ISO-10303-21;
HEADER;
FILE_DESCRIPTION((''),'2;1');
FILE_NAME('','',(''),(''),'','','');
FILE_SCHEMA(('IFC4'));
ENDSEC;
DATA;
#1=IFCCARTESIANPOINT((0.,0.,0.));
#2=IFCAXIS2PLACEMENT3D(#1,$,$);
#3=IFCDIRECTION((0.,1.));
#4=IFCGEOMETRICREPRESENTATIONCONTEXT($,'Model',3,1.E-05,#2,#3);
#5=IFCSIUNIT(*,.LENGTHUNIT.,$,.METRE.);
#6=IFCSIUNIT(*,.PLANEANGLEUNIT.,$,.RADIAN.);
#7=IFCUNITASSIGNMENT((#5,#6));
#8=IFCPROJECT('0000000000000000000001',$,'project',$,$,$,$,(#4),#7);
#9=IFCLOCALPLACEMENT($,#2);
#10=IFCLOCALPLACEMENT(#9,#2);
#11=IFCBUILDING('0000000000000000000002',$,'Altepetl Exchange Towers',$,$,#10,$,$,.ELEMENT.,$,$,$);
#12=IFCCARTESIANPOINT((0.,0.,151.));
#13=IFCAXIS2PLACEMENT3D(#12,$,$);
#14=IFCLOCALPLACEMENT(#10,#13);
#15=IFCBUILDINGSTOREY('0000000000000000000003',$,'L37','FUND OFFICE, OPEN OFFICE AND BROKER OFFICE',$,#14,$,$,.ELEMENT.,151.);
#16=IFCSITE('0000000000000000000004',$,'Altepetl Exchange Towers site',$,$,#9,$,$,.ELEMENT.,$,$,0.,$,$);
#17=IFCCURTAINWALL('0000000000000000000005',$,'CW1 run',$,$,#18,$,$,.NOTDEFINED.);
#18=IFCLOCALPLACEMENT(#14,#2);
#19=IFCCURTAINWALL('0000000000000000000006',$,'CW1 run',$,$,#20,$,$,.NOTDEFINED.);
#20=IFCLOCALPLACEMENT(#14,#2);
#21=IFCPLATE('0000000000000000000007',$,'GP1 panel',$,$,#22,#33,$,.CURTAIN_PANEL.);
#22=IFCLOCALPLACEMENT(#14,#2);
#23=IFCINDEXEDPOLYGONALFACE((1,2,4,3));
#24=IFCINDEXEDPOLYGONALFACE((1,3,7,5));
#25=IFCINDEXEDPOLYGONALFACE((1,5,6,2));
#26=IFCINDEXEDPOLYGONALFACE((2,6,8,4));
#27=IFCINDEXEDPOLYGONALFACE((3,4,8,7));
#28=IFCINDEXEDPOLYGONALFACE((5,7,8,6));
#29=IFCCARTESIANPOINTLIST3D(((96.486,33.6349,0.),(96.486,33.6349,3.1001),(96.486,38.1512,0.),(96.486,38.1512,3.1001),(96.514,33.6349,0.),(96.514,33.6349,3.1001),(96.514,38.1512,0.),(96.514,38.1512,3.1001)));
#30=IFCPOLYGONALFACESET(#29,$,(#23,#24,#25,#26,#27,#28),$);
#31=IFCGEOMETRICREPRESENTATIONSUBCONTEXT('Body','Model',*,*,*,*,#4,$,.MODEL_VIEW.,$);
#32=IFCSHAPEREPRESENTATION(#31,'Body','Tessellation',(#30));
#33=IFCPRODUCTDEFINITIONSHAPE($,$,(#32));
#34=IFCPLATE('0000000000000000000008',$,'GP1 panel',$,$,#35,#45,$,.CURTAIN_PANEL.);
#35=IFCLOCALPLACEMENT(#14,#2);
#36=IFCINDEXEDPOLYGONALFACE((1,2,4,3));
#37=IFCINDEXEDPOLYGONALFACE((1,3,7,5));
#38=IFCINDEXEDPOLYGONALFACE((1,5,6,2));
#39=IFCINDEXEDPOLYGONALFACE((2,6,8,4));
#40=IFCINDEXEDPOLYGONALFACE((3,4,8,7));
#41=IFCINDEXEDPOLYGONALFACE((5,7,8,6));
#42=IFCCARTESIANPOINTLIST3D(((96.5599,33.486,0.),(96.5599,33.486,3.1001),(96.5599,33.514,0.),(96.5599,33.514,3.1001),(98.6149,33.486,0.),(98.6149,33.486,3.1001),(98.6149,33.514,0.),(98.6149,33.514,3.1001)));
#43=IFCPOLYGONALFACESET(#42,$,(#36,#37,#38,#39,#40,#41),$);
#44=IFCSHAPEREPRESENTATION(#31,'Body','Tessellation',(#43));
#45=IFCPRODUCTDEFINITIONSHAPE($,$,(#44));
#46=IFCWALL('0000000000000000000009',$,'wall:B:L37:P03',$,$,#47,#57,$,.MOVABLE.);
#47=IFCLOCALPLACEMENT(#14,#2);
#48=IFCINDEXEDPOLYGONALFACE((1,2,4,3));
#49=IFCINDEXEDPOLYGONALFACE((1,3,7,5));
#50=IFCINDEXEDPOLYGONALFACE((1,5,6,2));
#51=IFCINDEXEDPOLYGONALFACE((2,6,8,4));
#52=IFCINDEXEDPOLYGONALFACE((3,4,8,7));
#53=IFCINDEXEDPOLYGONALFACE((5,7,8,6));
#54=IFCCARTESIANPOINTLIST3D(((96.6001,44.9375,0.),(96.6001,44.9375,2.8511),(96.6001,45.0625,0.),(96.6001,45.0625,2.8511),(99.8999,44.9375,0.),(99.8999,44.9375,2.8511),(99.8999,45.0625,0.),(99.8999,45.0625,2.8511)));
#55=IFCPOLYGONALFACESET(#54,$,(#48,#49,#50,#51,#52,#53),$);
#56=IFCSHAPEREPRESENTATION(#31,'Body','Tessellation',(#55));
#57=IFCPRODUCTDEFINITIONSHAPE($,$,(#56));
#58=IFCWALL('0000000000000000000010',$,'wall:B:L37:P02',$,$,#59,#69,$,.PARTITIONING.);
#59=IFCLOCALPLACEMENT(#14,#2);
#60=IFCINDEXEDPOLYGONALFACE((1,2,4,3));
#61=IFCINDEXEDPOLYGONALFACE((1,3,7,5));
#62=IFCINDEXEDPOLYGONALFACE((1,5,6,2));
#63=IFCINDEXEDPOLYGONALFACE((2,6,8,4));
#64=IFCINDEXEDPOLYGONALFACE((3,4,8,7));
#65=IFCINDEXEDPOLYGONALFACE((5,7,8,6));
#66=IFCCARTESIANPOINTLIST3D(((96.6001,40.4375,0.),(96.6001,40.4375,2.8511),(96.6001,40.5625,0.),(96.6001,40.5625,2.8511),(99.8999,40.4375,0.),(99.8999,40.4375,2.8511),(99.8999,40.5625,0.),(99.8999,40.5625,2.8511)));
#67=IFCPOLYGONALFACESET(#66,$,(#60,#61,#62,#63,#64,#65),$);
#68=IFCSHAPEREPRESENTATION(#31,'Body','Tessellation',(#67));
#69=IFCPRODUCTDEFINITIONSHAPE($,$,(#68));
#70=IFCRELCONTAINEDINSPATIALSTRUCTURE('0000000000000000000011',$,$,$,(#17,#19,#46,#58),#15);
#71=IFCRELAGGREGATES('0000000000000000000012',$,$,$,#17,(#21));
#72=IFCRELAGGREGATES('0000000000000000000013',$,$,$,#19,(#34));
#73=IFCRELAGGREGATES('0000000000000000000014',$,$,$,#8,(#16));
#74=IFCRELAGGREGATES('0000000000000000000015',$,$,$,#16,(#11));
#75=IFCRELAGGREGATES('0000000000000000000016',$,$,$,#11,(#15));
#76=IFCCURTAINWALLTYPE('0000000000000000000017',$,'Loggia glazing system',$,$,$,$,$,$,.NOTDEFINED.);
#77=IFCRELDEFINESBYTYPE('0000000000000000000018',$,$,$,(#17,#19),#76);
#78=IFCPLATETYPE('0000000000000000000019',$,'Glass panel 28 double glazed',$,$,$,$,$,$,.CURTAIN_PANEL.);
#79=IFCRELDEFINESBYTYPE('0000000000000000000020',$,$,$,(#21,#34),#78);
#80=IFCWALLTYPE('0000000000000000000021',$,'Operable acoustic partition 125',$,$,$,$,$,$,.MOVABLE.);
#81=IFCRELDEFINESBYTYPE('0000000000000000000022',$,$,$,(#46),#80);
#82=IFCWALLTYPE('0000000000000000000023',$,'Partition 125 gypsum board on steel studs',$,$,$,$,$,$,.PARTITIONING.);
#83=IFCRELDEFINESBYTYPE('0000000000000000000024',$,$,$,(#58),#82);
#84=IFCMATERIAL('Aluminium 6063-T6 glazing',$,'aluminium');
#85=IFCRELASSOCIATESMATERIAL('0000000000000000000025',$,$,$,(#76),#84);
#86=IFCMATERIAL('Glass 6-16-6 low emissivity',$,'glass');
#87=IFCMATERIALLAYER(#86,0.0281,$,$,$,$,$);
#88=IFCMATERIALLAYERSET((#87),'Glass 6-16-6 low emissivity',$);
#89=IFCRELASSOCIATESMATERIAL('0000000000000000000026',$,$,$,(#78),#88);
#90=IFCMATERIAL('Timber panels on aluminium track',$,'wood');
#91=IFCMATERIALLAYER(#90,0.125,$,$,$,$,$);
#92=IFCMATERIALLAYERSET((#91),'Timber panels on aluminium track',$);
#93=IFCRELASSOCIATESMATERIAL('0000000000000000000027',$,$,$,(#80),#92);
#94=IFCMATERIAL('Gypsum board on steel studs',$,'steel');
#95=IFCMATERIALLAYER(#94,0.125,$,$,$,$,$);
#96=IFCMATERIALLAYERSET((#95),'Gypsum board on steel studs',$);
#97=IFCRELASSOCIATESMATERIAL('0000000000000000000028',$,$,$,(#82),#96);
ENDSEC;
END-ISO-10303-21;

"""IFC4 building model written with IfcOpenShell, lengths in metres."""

from ifc_helpers import new_model, si_unit, direction, frame, frame_2d, origin, origin_2d, place, context, subcontext, project, spatial, rectangle, extrude, material, layer, layer_set, type_object, element, aggregate, save


model = new_model("IFC4")

# Units and contexts
model_context = context("Model", 3, precision=1e-05, world=origin(), true_north=direction((0.0, 1.0)))
body_context = subcontext(model_context, "Body", "Model", "MODEL_VIEW")
ifc_project = project(units=[si_unit("LENGTHUNIT", "METRE"), si_unit("PLANEANGLEUNIT", "RADIAN")], contexts=[model_context])

# Site, building, storey
site_placement = place(None, origin())
site = spatial("IfcSite", under=ifc_project, at=site_placement, Name="Altepetl Exchange Towers site", CompositionType="ELEMENT", RefElevation=0.0)
building_placement = place(site_placement, origin())
building = spatial("IfcBuilding", under=site, at=building_placement, Name="Altepetl Exchange Towers", CompositionType="ELEMENT")
storey_placement = place(building_placement, frame((0.0, 0.0, 151.0)))
storey = spatial("IfcBuildingStorey", under=building, at=storey_placement, Name="L37", Description="FUND OFFICE, OPEN OFFICE AND BROKER OFFICE", CompositionType="ELEMENT", Elevation=151.0)

# Curtain walls
ifc_material_1 = material(Name="Aluminium 6063-T6 glazing", Category="aluminium")
curtain_wall_type = type_object("IfcCurtainWallType", Name="Loggia glazing system", PredefinedType="NOTDEFINED", material=ifc_material_1)
curtain_wall_1_placement = place(storey_placement, origin())
curtain_wall_1 = element("IfcCurtainWall", 1, at=curtain_wall_1_placement, inside=storey, type_object=curtain_wall_type, Name="CW1 run", PredefinedType="NOTDEFINED")
curtain_wall_2_placement = place(storey_placement, origin())
curtain_wall_2 = element("IfcCurtainWall", 2, at=curtain_wall_2_placement, inside=storey, type_object=curtain_wall_type, Name="CW1 run", PredefinedType="NOTDEFINED")

# Plates
ifc_material_2 = material(Name="Glass 6-16-6 low emissivity", Category="glass")
ifc_layer_1 = layer(ifc_material_2, 0.0281)
ifc_layer_set_1 = layer_set([ifc_layer_1], Name="Glass 6-16-6 low emissivity")
plate_type = type_object("IfcPlateType", Name="Glass panel 28 double glazed", PredefinedType="CURTAIN_PANEL", material=ifc_layer_set_1)
plate_1_placement = place(storey_placement, frame((96.5, 35.8931, 0.0), z_axis=(0.0, 0.0, 1.0), x_axis=(0.0, -1.0, 0.0)))
plate_1 = element("IfcPlate", 3, at=plate_1_placement, type_object=plate_type, Name="GP1 panel", PredefinedType="CURTAIN_PANEL", context=body_context, shape_type="SweptSolid", body=[
    extrude(rectangle(XDim=4.5164, YDim=0.0281, at=origin_2d()), origin(), (0.0, 0.0, 1.0), 3.1001),
])
aggregate(curtain_wall_1, [plate_1])
plate_2_placement = place(storey_placement, frame((97.5874, 33.5, 0.0)))
plate_2 = element("IfcPlate", 4, at=plate_2_placement, type_object=plate_type, Name="GP1 panel", PredefinedType="CURTAIN_PANEL", context=body_context, shape_type="SweptSolid", body=[
    extrude(rectangle(XDim=2.0549, YDim=0.0281, at=origin_2d()), origin(), (0.0, 0.0, 1.0), 3.1001),
])
aggregate(curtain_wall_2, [plate_2])

# Walls
ifc_material_3 = material(Name="Timber panels on aluminium track", Category="wood")
ifc_layer_2 = layer(ifc_material_3, 0.125)
ifc_layer_set_2 = layer_set([ifc_layer_2], Name="Timber panels on aluminium track")
wall_type_1 = type_object("IfcWallType", Name="Operable acoustic partition 125", PredefinedType="MOVABLE", material=ifc_layer_set_2)
wall_1_placement = place(storey_placement, frame((96.6001, 45.0, 0.0)))
element("IfcWall", 5, at=wall_1_placement, inside=storey, type_object=wall_type_1, Name="wall:B:L37:P03", PredefinedType="MOVABLE", context=body_context, shape_type="SweptSolid", body=[
    extrude(rectangle(XDim=3.2998, YDim=0.125, at=frame_2d((1.6499, 0.0))), origin(), (0.0, 0.0, 1.0), 2.8511),
])
ifc_material_4 = material(Name="Gypsum board on steel studs", Category="steel")
ifc_layer_3 = layer(ifc_material_4, 0.125)
ifc_layer_set_3 = layer_set([ifc_layer_3], Name="Gypsum board on steel studs")
wall_type_2 = type_object("IfcWallType", Name="Partition 125 gypsum board on steel studs", PredefinedType="PARTITIONING", material=ifc_layer_set_3)
wall_2_placement = place(storey_placement, frame((96.6001, 40.5, 0.0)))
element("IfcWall", 6, at=wall_2_placement, inside=storey, type_object=wall_type_2, Name="wall:B:L37:P02", PredefinedType="PARTITIONING", context=body_context, shape_type="SweptSolid", body=[
    extrude(rectangle(XDim=3.2998, YDim=0.125, at=frame_2d((1.6499, 0.0))), origin(), (0.0, 0.0, 1.0), 2.8511),
])

save(model, "model.ifc")
